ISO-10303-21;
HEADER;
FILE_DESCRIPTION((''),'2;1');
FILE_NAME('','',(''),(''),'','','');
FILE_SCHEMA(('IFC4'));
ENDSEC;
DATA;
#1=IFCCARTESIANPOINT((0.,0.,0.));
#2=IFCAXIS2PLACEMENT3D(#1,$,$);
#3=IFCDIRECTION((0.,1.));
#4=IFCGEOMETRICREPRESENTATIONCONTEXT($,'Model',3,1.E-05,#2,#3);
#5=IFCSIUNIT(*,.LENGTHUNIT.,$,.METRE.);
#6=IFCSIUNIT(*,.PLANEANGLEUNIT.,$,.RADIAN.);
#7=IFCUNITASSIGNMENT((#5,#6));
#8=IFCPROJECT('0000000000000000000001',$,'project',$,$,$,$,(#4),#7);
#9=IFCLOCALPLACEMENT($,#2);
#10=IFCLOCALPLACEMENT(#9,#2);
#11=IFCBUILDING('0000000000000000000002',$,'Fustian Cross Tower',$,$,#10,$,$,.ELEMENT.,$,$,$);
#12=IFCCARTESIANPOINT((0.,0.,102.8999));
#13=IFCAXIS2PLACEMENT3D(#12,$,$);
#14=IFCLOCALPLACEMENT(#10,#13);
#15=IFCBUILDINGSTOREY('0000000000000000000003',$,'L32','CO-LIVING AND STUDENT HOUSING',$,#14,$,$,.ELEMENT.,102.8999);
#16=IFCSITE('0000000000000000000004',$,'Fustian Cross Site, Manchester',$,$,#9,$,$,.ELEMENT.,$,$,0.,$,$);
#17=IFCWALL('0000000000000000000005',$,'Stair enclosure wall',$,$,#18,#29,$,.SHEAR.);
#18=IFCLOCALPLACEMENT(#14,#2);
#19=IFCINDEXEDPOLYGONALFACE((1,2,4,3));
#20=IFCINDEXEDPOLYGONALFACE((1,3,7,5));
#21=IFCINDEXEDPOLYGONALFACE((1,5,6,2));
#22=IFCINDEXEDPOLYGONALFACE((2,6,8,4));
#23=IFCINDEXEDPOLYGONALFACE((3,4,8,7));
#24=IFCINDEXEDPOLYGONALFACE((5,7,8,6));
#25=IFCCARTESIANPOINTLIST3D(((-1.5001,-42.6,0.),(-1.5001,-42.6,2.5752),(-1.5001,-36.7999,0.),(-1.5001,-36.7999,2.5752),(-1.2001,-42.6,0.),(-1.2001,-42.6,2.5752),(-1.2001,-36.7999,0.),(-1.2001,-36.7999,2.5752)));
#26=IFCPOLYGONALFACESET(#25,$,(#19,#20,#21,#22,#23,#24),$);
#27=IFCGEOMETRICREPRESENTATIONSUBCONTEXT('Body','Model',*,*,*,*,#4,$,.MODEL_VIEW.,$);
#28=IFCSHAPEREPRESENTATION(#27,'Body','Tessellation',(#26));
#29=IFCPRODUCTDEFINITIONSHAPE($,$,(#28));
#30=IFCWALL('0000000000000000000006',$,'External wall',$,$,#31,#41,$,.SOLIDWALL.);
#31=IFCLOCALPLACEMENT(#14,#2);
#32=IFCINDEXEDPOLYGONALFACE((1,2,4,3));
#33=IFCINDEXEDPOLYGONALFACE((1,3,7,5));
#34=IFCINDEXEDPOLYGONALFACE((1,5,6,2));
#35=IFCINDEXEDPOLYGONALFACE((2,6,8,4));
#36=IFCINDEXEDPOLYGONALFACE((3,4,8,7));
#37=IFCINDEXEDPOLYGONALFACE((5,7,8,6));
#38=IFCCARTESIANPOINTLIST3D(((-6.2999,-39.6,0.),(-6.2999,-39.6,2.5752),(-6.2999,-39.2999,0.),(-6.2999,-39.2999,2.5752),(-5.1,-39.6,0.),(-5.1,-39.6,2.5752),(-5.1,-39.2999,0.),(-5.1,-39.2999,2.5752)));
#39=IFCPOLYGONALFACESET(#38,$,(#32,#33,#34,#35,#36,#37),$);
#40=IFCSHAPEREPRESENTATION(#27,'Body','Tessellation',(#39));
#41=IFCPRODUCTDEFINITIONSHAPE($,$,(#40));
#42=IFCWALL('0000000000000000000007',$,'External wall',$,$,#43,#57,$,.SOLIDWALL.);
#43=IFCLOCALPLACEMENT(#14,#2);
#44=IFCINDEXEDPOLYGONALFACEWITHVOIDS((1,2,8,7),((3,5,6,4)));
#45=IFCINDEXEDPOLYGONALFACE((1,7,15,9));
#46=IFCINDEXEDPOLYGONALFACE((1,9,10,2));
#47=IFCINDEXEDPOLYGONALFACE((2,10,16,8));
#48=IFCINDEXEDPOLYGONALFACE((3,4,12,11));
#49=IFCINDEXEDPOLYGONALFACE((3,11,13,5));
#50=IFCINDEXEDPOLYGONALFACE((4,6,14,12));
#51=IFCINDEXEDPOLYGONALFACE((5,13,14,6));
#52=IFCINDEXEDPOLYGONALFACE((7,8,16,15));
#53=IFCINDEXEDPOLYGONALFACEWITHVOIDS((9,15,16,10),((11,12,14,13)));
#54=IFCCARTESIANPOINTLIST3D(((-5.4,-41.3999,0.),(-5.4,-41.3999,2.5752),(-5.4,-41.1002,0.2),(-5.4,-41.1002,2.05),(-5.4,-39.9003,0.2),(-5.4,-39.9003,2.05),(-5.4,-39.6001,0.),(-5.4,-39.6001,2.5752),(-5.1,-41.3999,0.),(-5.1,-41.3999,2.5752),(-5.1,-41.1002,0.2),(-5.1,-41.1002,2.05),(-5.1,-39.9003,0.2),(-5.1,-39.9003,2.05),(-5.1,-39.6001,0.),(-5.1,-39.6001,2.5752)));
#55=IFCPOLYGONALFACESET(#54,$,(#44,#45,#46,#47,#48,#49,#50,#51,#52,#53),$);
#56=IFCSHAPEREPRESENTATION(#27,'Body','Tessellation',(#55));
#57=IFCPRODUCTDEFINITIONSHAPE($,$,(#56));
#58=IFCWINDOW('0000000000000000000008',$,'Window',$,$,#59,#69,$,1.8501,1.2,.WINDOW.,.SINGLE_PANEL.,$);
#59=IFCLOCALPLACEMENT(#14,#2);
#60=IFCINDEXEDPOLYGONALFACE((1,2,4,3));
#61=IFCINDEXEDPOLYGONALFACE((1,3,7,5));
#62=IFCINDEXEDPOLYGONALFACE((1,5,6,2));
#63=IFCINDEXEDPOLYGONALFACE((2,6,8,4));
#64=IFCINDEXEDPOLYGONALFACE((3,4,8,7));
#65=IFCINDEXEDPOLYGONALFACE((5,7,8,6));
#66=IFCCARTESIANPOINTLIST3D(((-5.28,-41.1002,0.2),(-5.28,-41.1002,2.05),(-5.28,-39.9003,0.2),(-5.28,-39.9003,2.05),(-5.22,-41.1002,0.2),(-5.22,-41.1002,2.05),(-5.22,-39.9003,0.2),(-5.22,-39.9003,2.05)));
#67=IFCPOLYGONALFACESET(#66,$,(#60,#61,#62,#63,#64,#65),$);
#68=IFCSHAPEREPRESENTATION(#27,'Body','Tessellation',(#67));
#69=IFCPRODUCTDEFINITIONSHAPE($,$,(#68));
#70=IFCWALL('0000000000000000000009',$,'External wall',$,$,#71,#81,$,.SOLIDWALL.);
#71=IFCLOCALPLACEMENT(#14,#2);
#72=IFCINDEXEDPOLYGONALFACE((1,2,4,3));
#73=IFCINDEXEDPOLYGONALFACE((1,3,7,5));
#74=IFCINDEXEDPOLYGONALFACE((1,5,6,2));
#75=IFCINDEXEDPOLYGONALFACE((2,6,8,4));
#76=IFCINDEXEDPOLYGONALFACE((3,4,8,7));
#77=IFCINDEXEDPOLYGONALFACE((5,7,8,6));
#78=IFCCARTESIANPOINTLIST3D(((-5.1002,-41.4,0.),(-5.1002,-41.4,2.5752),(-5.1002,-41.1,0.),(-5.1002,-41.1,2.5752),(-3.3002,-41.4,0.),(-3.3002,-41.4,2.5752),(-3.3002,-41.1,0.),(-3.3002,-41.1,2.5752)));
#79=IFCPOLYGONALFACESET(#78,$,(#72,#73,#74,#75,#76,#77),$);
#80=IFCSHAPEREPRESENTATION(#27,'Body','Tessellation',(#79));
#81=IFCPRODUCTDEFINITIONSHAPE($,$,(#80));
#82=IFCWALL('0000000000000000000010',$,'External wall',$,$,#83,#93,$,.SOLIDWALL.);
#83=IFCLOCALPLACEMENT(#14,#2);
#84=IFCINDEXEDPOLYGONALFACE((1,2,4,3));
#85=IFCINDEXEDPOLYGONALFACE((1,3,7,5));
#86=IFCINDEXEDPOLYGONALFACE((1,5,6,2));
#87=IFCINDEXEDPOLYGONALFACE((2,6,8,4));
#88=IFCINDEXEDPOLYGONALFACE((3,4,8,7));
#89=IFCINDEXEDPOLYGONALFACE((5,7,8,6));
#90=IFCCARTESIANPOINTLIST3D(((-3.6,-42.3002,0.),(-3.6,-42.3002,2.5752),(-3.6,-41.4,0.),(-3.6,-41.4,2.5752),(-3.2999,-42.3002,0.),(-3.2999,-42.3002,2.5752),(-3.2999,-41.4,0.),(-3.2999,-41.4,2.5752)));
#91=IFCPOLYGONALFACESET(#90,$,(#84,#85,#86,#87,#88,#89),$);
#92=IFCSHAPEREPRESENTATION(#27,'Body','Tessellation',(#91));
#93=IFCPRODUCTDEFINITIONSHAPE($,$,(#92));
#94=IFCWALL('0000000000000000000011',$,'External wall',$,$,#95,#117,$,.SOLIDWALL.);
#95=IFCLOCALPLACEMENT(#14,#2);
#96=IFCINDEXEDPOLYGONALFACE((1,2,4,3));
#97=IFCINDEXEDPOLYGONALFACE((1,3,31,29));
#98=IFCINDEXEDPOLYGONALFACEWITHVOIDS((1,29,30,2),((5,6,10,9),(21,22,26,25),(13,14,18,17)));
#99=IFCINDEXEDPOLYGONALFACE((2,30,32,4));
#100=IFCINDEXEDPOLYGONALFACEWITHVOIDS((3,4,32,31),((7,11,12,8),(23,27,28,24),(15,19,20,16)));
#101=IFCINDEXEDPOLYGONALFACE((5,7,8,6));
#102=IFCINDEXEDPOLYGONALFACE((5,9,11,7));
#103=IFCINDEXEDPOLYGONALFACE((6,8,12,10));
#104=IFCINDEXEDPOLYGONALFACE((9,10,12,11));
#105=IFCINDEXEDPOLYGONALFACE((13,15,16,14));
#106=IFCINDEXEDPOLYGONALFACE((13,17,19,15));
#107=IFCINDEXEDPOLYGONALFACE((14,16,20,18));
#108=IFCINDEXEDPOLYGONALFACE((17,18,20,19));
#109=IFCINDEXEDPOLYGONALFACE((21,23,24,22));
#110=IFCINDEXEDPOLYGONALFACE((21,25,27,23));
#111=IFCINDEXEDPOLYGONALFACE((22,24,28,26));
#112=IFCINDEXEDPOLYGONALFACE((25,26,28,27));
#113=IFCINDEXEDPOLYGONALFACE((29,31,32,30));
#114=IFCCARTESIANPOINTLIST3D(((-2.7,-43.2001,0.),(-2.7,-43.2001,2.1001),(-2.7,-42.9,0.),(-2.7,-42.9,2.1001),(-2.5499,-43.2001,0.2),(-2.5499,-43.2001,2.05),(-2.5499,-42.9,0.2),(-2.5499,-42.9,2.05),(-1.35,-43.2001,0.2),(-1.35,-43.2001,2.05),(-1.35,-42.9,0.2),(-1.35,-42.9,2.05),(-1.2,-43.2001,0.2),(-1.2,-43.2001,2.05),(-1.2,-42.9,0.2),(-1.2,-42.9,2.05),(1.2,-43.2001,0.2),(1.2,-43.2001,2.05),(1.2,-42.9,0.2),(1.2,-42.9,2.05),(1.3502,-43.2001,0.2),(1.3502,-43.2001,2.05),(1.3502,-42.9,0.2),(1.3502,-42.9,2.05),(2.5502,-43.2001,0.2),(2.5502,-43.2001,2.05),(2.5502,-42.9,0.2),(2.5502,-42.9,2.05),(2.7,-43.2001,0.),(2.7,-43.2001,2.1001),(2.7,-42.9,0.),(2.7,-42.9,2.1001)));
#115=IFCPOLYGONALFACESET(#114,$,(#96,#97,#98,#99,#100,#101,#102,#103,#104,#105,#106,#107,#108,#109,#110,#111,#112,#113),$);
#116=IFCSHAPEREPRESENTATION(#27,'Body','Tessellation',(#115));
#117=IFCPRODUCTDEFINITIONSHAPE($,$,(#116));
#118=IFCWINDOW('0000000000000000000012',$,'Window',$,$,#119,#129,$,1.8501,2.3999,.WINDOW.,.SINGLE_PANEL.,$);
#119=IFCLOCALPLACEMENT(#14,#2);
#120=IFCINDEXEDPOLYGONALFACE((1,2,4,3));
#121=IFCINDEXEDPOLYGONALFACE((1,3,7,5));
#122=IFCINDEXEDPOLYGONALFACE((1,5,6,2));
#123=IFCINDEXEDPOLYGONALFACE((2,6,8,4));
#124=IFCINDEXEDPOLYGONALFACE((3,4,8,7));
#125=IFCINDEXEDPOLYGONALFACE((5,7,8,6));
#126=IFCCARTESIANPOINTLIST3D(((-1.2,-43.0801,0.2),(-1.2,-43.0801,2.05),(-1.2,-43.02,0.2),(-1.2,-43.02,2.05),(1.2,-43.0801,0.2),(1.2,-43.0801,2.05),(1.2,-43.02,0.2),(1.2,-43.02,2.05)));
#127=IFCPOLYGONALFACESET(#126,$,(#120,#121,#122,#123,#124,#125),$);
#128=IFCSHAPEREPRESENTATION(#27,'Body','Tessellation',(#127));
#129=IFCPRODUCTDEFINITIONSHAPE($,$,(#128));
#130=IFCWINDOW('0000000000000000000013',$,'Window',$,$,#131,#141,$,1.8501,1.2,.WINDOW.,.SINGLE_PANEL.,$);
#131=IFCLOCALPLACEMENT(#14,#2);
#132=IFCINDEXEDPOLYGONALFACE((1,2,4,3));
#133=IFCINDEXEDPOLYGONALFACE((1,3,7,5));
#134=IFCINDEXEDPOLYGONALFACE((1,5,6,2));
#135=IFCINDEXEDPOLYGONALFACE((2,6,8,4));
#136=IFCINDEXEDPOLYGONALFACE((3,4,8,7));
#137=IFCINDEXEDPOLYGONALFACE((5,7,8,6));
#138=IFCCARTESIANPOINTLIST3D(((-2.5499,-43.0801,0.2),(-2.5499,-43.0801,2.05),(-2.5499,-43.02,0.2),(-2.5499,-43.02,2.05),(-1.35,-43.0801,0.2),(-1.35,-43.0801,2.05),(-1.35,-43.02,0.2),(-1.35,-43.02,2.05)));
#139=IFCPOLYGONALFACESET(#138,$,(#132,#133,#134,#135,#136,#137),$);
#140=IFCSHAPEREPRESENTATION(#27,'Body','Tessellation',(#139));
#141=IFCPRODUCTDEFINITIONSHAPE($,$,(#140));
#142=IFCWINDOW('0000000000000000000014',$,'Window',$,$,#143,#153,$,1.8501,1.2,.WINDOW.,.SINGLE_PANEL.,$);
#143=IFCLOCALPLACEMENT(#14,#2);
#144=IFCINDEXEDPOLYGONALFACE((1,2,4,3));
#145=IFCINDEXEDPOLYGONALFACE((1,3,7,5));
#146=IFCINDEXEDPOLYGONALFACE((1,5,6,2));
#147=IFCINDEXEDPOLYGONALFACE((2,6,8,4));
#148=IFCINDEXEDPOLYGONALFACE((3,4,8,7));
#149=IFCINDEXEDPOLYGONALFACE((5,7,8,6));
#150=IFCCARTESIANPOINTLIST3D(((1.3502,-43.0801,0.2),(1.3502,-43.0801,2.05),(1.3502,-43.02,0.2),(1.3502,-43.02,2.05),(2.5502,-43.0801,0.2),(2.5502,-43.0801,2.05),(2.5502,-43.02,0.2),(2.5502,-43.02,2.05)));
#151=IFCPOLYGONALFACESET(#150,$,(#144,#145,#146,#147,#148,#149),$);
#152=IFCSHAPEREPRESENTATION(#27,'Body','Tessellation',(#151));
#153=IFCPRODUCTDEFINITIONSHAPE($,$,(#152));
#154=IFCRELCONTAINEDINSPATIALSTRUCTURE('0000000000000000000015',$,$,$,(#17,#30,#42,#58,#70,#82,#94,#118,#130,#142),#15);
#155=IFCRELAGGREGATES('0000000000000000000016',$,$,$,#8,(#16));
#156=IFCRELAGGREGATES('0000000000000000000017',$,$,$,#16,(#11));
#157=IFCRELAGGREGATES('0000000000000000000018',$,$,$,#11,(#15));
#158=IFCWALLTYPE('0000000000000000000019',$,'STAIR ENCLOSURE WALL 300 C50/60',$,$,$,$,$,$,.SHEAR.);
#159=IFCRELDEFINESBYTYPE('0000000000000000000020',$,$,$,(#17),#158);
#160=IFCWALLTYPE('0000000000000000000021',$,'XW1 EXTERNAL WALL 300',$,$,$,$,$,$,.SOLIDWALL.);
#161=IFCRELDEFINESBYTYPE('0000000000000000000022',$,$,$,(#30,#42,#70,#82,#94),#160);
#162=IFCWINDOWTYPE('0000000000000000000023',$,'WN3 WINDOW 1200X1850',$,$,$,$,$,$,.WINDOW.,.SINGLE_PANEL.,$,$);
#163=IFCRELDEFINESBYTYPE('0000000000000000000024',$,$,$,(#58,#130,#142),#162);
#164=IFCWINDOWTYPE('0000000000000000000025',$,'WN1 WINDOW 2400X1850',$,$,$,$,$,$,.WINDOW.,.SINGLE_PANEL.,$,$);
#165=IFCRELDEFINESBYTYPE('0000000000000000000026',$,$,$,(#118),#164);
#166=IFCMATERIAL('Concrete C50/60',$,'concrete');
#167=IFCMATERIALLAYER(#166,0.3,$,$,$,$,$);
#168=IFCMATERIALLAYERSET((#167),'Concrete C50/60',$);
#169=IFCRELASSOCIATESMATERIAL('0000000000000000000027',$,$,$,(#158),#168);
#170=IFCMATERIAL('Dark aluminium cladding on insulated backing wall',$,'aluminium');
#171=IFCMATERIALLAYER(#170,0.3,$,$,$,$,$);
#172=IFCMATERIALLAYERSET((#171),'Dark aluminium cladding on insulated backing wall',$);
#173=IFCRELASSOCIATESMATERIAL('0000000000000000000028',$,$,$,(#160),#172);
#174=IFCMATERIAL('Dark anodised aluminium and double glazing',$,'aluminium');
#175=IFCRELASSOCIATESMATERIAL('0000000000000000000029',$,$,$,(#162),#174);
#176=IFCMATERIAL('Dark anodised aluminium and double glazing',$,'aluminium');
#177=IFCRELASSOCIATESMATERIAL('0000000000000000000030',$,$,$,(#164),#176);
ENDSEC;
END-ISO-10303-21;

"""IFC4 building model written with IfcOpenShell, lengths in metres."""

from ifc_helpers import new_model, si_unit, direction, frame, frame_2d, origin, place, context, subcontext, project, spatial, rectangle, extrude, material, layer, layer_set, type_object, element, fill, save


model = new_model("IFC4")

# Units and contexts
model_context = context("Model", 3, precision=1e-05, world=origin(), true_north=direction((0.0, 1.0)))
body_context = subcontext(model_context, "Body", "Model", "MODEL_VIEW")
ifc_project = project(units=[si_unit("LENGTHUNIT", "METRE"), si_unit("PLANEANGLEUNIT", "RADIAN")], contexts=[model_context])

# Site, building, storey
site_placement = place(None, origin())
site = spatial("IfcSite", under=ifc_project, at=site_placement, Name="Fustian Cross Site, Manchester", CompositionType="ELEMENT", RefElevation=0.0)
building_placement = place(site_placement, origin())
building = spatial("IfcBuilding", under=site, at=building_placement, Name="Fustian Cross Tower", CompositionType="ELEMENT")
storey_placement = place(building_placement, frame((0.0, 0.0, 102.8999)))
storey = spatial("IfcBuildingStorey", under=building, at=storey_placement, Name="L32", Description="CO-LIVING AND STUDENT HOUSING", CompositionType="ELEMENT", Elevation=102.8999)

# Walls
ifc_material_1 = material(Name="Concrete C50/60", Category="concrete")
ifc_layer_1 = layer(ifc_material_1, 0.3)
ifc_layer_set_1 = layer_set([ifc_layer_1], Name="Concrete C50/60")
wall_type_1 = type_object("IfcWallType", Name="STAIR ENCLOSURE WALL 300 C50/60", PredefinedType="SHEAR", material=ifc_layer_set_1)
wall_1_placement = place(storey_placement, frame((-1.3501, -36.8, 0.0), z_axis=(0.0, 0.0, 1.0), x_axis=(0.0, -1.0, 0.0)))
element("IfcWall", 1, at=wall_1_placement, inside=storey, type_object=wall_type_1, Name="Stair enclosure wall", PredefinedType="SHEAR", context=body_context, shape_type="SweptSolid", body=[
    extrude(rectangle(XDim=5.8, YDim=0.3, at=frame_2d((2.8999, 0.0))), origin(), (0.0, 0.0, 1.0), 2.5752),
])
ifc_material_2 = material(Name="Dark aluminium cladding on insulated backing wall", Category="aluminium")
ifc_layer_2 = layer(ifc_material_2, 0.3)
ifc_layer_set_2 = layer_set([ifc_layer_2], Name="Dark aluminium cladding on insulated backing wall")
wall_type_2 = type_object("IfcWallType", Name="XW1 EXTERNAL WALL 300", PredefinedType="SOLIDWALL", material=ifc_layer_set_2)
wall_2_placement = place(storey_placement, frame((-6.3, -39.45, 0.0), z_axis=(0.0, 0.0, 1.0), x_axis=(1.0, 0.0, 0.0)))
element("IfcWall", 2, at=wall_2_placement, inside=storey, type_object=wall_type_2, Name="External wall", PredefinedType="SOLIDWALL", context=body_context, shape_type="SweptSolid", body=[
    extrude(rectangle(XDim=1.2, YDim=0.3, at=frame_2d((0.6001, 0.0))), origin(), (0.0, 0.0, 1.0), 2.5752),
])

# Wall, opening, window
wall_3_placement = place(storey_placement, frame((-5.25, -39.6001, 0.0), z_axis=(0.0, 0.0, 1.0), x_axis=(0.0, -1.0, 0.0)))
wall_3 = element("IfcWall", 3, at=wall_3_placement, inside=storey, type_object=wall_type_2, Name="External wall", PredefinedType="SOLIDWALL", context=body_context, shape_type="SweptSolid", body=[
    extrude(rectangle(XDim=1.7998, YDim=0.3, at=frame_2d((0.8999, 0.0))), origin(), (0.0, 0.0, 1.0), 2.5752),
])
opening_1_placement = place(wall_3_placement, frame((0.3, 0.0, 0.2)))
opening_1 = element("IfcOpeningElement", 4, at=opening_1_placement, cuts=wall_3, PredefinedType="OPENING", context=body_context, shape_type="SweptSolid", body=[
    extrude(rectangle(XDim=1.2, YDim=1.8501, at=frame_2d((0.6001, 0.925))), frame((0.0, 0.1599, 0.0), z_axis=(0.0, -1.0, 0.0), x_axis=(1.0, 0.0, 0.0)), (0.0, 0.0, 1.0), 0.3201),
])
ifc_material_3 = material(Name="Dark anodised aluminium and double glazing", Category="aluminium")
window_type_1 = type_object("IfcWindowType", Name="WN3 WINDOW 1200X1850", PartitioningType="SINGLE_PANEL", PredefinedType="WINDOW", material=ifc_material_3)
window_1_placement = place(opening_1_placement, origin())
window_1 = element("IfcWindow", 5, at=window_1_placement, inside=storey, type_object=window_type_1, Name="Window", OverallHeight=1.8501, OverallWidth=1.2, PartitioningType="SINGLE_PANEL", PredefinedType="WINDOW", context=body_context, shape_type="SweptSolid", body=[
    extrude(rectangle(XDim=1.2, YDim=1.8501, at=frame_2d((0.6001, 0.925))), frame((0.0, 0.03, 0.0), z_axis=(0.0, -1.0, 0.0), x_axis=(1.0, 0.0, 0.0)), (0.0, 0.0, 1.0), 0.0601),
])
fill(opening_1, window_1)

# Walls
wall_4_placement = place(storey_placement, frame((-5.1001, -41.25, 0.0), z_axis=(0.0, 0.0, 1.0), x_axis=(1.0, 0.0, 0.0)))
element("IfcWall", 6, at=wall_4_placement, inside=storey, type_object=wall_type_2, Name="External wall", PredefinedType="SOLIDWALL", context=body_context, shape_type="SweptSolid", body=[
    extrude(rectangle(XDim=1.8, YDim=0.3, at=frame_2d((0.8999, 0.0))), origin(), (0.0, 0.0, 1.0), 2.5752),
])
wall_5_placement = place(storey_placement, frame((-3.45, -41.3999, 0.0), z_axis=(0.0, 0.0, 1.0), x_axis=(0.0, -1.0, 0.0)))
element("IfcWall", 7, at=wall_5_placement, inside=storey, type_object=wall_type_2, Name="External wall", PredefinedType="SOLIDWALL", context=body_context, shape_type="SweptSolid", body=[
    extrude(rectangle(XDim=0.9001, YDim=0.3, at=frame_2d((0.4502, 0.0))), origin(), (0.0, 0.0, 1.0), 2.5752),
])

# Wall, openings, windows
wall_6_placement = place(storey_placement, frame((-2.7, -43.05, 0.0), z_axis=(0.0, 0.0, 1.0), x_axis=(1.0, 0.0, 0.0)))
wall_6 = element("IfcWall", 8, at=wall_6_placement, inside=storey, type_object=wall_type_2, Name="External wall", PredefinedType="SOLIDWALL", context=body_context, shape_type="SweptSolid", body=[
    extrude(rectangle(XDim=5.3999, YDim=0.3, at=frame_2d((2.7, 0.0))), origin(), (0.0, 0.0, 1.0), 2.1001),
])
opening_2_placement = place(wall_6_placement, frame((1.5, 0.0, 0.2)))
opening_2 = element("IfcOpeningElement", 9, at=opening_2_placement, cuts=wall_6, PredefinedType="OPENING", context=body_context, shape_type="SweptSolid", body=[
    extrude(rectangle(XDim=2.3999, YDim=1.8501, at=frame_2d((1.2, 0.925))), frame((0.0, 0.1599, 0.0), z_axis=(0.0, -1.0, 0.0), x_axis=(1.0, 0.0, 0.0)), (0.0, 0.0, 1.0), 0.3201),
])
opening_3_placement = place(wall_6_placement, frame((0.1499, 0.0, 0.2)))
opening_3 = element("IfcOpeningElement", 10, at=opening_3_placement, cuts=wall_6, PredefinedType="OPENING", context=body_context, shape_type="SweptSolid", body=[
    extrude(rectangle(XDim=1.2, YDim=1.8501, at=frame_2d((0.6001, 0.925))), frame((0.0, 0.1599, 0.0), z_axis=(0.0, -1.0, 0.0), x_axis=(1.0, 0.0, 0.0)), (0.0, 0.0, 1.0), 0.3201),
])
opening_4_placement = place(wall_6_placement, frame((4.05, 0.0, 0.2)))
opening_4 = element("IfcOpeningElement", 11, at=opening_4_placement, cuts=wall_6, PredefinedType="OPENING", context=body_context, shape_type="SweptSolid", body=[
    extrude(rectangle(XDim=1.2, YDim=1.8501, at=frame_2d((0.6001, 0.925))), frame((0.0, 0.1599, 0.0), z_axis=(0.0, -1.0, 0.0), x_axis=(1.0, 0.0, 0.0)), (0.0, 0.0, 1.0), 0.3201),
])
ifc_material_4 = material(Name="Dark anodised aluminium and double glazing", Category="aluminium")
window_type_2 = type_object("IfcWindowType", Name="WN1 WINDOW 2400X1850", PartitioningType="SINGLE_PANEL", PredefinedType="WINDOW", material=ifc_material_4)
window_2_placement = place(opening_2_placement, origin())
window_2 = element("IfcWindow", 12, at=window_2_placement, inside=storey, type_object=window_type_2, Name="Window", OverallHeight=1.8501, OverallWidth=2.3999, PartitioningType="SINGLE_PANEL", PredefinedType="WINDOW", context=body_context, shape_type="SweptSolid", body=[
    extrude(rectangle(XDim=2.3999, YDim=1.8501, at=frame_2d((1.2, 0.925))), frame((0.0, 0.03, 0.0), z_axis=(0.0, -1.0, 0.0), x_axis=(1.0, 0.0, 0.0)), (0.0, 0.0, 1.0), 0.0601),
])
fill(opening_2, window_2)
window_3_placement = place(opening_3_placement, origin())
window_3 = element("IfcWindow", 13, at=window_3_placement, inside=storey, type_object=window_type_1, Name="Window", OverallHeight=1.8501, OverallWidth=1.2, PartitioningType="SINGLE_PANEL", PredefinedType="WINDOW", context=body_context, shape_type="SweptSolid", body=[
    extrude(rectangle(XDim=1.2, YDim=1.8501, at=frame_2d((0.6001, 0.925))), frame((0.0, 0.03, 0.0), z_axis=(0.0, -1.0, 0.0), x_axis=(1.0, 0.0, 0.0)), (0.0, 0.0, 1.0), 0.0601),
])
fill(opening_3, window_3)
window_4_placement = place(opening_4_placement, origin())
window_4 = element("IfcWindow", 14, at=window_4_placement, inside=storey, type_object=window_type_1, Name="Window", OverallHeight=1.8501, OverallWidth=1.2, PartitioningType="SINGLE_PANEL", PredefinedType="WINDOW", context=body_context, shape_type="SweptSolid", body=[
    extrude(rectangle(XDim=1.2, YDim=1.8501, at=frame_2d((0.6001, 0.925))), frame((0.0, 0.03, 0.0), z_axis=(0.0, -1.0, 0.0), x_axis=(1.0, 0.0, 0.0)), (0.0, 0.0, 1.0), 0.0601),
])
fill(opening_4, window_4)

save(model, "model.ifc")
